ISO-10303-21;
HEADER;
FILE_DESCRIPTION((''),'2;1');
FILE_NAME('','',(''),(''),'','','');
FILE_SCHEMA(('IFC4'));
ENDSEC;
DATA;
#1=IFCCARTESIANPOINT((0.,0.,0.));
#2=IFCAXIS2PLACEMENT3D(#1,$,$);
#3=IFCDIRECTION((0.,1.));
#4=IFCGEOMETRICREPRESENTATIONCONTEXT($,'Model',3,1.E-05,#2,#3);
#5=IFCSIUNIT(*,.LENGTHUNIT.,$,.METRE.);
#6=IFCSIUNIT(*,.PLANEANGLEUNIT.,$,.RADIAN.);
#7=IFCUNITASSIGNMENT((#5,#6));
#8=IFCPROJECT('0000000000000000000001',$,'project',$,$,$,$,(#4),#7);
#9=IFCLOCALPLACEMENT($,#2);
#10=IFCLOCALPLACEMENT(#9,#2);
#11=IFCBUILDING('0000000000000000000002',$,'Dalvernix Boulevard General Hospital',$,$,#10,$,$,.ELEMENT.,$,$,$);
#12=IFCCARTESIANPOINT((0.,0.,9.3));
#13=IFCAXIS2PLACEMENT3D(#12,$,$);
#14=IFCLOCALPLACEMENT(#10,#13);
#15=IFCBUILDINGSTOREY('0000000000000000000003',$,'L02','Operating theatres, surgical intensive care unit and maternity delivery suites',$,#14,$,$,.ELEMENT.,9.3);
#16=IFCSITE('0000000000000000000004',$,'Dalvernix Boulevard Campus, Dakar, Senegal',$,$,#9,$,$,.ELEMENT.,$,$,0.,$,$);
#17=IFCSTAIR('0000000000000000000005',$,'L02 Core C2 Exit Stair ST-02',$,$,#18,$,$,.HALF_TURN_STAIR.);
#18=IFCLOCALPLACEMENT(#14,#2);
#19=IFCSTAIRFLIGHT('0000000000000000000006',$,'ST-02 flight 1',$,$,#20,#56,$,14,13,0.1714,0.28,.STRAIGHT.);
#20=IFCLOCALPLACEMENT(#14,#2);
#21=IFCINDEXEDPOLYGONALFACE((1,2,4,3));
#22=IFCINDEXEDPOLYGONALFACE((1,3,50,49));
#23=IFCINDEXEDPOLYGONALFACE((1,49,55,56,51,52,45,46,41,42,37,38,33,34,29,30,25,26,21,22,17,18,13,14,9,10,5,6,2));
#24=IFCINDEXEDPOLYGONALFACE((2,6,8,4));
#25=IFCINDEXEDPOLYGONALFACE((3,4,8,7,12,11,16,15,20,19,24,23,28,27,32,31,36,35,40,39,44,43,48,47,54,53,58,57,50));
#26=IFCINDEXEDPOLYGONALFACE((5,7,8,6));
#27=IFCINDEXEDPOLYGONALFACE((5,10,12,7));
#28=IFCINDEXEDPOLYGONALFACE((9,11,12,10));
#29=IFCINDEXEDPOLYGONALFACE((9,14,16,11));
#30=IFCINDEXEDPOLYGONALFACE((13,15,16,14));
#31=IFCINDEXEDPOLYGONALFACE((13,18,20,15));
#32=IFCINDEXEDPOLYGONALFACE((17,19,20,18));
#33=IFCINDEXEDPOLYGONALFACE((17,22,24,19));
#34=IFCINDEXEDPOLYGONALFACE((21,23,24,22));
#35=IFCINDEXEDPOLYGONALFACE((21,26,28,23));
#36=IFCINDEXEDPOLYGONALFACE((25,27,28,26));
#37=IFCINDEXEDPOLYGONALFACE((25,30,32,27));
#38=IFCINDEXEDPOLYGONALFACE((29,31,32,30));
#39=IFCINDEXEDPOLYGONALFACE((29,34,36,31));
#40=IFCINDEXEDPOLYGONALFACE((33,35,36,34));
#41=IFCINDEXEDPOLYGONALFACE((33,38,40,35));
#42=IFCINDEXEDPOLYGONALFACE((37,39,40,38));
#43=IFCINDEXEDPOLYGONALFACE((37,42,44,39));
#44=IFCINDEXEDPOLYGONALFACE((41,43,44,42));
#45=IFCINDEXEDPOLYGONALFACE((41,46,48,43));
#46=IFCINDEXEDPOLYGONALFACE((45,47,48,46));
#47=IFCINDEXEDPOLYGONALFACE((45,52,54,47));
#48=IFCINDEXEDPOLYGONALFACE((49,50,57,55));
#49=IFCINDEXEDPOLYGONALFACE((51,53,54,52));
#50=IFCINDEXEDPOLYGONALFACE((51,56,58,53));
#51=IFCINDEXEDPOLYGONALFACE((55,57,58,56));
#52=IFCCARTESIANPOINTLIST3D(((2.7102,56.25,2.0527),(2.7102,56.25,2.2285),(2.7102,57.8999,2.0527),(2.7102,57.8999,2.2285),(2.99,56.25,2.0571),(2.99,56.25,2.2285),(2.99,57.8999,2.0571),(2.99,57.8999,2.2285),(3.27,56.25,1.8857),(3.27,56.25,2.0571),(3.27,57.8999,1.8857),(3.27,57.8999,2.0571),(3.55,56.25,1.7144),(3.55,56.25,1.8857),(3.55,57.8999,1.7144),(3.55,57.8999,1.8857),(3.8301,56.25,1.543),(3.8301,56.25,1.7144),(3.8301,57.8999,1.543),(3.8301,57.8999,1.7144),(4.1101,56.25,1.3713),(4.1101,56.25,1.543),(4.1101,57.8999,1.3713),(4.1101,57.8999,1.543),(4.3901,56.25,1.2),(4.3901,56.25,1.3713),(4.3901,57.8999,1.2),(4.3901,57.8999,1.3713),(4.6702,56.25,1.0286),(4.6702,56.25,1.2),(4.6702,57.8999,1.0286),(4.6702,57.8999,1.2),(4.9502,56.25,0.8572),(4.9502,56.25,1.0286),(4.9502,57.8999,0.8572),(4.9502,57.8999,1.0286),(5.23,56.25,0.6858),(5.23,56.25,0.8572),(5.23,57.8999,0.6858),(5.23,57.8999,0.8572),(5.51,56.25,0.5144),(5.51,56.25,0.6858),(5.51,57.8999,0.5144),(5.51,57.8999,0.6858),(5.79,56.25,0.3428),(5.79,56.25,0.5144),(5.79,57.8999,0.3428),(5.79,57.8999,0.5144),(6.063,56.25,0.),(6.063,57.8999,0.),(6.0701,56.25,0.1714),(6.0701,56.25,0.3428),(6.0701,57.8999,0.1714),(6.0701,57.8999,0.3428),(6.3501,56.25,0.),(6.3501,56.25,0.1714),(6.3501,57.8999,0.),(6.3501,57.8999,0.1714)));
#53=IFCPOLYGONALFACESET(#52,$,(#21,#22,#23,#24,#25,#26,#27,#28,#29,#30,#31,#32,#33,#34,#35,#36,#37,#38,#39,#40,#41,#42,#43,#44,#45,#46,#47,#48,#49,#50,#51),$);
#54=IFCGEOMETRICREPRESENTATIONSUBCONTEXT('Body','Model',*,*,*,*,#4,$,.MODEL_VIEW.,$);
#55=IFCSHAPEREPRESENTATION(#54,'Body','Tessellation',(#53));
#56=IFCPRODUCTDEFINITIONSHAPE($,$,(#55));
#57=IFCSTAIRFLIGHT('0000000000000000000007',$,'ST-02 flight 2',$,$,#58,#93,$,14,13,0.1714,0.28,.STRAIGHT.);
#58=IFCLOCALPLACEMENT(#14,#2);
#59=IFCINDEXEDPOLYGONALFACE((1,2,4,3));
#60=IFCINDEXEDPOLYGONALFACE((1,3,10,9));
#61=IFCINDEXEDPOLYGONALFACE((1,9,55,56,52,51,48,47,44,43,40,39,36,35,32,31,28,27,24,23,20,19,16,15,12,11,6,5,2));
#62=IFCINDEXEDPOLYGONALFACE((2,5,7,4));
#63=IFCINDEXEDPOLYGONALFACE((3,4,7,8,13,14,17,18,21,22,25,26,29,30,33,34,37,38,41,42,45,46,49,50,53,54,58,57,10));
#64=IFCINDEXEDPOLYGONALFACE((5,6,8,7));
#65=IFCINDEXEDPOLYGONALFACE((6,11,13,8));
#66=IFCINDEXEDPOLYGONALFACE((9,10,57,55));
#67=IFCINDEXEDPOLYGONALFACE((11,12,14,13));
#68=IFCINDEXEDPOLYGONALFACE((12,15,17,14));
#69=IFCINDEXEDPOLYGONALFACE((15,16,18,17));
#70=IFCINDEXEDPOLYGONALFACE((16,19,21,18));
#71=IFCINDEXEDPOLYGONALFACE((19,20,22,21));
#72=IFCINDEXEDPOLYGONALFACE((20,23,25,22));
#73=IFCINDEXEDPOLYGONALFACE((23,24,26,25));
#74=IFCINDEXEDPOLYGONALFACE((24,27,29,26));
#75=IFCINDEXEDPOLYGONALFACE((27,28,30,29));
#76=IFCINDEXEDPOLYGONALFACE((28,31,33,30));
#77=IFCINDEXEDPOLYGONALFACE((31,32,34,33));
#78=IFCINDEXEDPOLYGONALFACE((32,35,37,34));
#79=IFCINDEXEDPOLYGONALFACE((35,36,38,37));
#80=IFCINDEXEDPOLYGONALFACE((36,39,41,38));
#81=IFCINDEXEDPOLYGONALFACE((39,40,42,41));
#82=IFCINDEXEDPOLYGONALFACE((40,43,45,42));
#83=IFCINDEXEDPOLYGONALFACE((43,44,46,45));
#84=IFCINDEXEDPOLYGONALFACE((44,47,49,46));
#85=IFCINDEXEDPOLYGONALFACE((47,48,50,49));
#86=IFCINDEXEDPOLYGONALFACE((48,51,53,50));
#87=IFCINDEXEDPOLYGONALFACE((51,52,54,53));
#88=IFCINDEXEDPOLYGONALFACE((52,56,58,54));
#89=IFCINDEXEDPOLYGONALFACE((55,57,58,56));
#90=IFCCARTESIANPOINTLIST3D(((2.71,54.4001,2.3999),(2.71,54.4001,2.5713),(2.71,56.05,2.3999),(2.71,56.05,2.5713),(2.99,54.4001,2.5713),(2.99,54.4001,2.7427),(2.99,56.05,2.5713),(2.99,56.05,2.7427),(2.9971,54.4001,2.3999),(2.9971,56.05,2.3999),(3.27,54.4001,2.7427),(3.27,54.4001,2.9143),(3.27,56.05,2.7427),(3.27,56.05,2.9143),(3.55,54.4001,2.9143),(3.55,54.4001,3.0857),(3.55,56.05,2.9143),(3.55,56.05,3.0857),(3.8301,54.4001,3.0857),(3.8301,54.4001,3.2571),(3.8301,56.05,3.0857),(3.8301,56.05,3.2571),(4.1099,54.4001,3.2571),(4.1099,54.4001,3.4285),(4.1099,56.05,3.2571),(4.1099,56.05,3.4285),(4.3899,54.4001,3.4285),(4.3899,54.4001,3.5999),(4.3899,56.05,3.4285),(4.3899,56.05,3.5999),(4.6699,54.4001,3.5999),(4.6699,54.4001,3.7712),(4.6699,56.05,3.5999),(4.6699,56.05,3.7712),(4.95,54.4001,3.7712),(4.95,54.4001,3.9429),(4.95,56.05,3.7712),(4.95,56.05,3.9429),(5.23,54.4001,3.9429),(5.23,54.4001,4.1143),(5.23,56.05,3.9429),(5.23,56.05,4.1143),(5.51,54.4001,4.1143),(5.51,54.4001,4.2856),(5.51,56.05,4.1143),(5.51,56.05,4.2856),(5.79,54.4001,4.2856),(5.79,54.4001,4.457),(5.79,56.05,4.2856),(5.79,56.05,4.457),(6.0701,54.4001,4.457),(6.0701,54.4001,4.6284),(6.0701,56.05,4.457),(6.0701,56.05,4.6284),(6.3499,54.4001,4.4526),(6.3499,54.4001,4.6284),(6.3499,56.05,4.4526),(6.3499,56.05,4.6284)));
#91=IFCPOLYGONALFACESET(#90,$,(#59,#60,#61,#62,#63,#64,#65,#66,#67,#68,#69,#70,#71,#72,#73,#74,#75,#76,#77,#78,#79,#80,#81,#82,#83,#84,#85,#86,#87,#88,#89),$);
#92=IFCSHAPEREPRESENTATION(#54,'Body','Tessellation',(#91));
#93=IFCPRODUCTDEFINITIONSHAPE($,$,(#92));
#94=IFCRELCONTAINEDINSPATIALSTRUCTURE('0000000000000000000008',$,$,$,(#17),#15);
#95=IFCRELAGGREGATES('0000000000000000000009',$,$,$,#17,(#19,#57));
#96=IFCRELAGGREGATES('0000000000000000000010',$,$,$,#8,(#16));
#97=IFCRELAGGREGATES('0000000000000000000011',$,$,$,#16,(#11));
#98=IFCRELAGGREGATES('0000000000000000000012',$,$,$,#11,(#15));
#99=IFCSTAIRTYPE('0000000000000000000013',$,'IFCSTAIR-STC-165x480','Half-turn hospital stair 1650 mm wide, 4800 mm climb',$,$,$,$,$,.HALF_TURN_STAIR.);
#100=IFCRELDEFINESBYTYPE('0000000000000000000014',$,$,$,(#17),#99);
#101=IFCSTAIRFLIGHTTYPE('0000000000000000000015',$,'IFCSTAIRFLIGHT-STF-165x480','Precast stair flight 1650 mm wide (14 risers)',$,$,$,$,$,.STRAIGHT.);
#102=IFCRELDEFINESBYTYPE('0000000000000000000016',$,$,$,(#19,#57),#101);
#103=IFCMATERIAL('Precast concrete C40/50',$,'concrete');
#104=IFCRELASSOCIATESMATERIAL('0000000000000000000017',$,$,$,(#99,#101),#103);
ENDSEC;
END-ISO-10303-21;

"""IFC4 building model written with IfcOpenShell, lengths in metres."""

from ifc_helpers import new_model, si_unit, direction, frame, origin, place, context, subcontext, project, spatial, polyline, outline, extrude, material, type_object, element, aggregate, save


model = new_model("IFC4")

# Units and contexts
model_context = context("Model", 3, precision=1e-05, world=origin(), true_north=direction((0.0, 1.0)))
body_context = subcontext(model_context, "Body", "Model", "MODEL_VIEW")
ifc_project = project(units=[si_unit("LENGTHUNIT", "METRE"), si_unit("PLANEANGLEUNIT", "RADIAN")], contexts=[model_context])

# Site, building, storey
site_placement = place(None, origin())
site = spatial("IfcSite", under=ifc_project, at=site_placement, Name="Dalvernix Boulevard Campus, Dakar, Senegal", CompositionType="ELEMENT", RefElevation=0.0)
building_placement = place(site_placement, origin())
building = spatial("IfcBuilding", under=site, at=building_placement, Name="Dalvernix Boulevard General Hospital", CompositionType="ELEMENT")
storey_placement = place(building_placement, frame((0.0, 0.0, 9.3)))
storey = spatial("IfcBuildingStorey", under=building, at=storey_placement, Name="L02", Description="Operating theatres, surgical intensive care unit and maternity delivery suites", CompositionType="ELEMENT", Elevation=9.3)

# Stair, stair flights
ifc_material_1 = material(Name="Precast concrete C40/50", Category="concrete")
stair_type = type_object("IfcStairType", Name="IFCSTAIR-STC-165x480", Description="Half-turn hospital stair 1650 mm wide, 4800 mm climb", PredefinedType="HALF_TURN_STAIR", material=ifc_material_1)
stair_placement = place(storey_placement, origin())
stair = element("IfcStair", 1, at=stair_placement, inside=storey, type_object=stair_type, Name="L02 Core C2 Exit Stair ST-02", PredefinedType="HALF_TURN_STAIR")
stair_flight_type = type_object("IfcStairFlightType", Name="IFCSTAIRFLIGHT-STF-165x480", Description="Precast stair flight 1650 mm wide (14 risers)", PredefinedType="STRAIGHT", material=ifc_material_1)
stair_flight_1_placement = place(storey_placement, frame((6.3501, 57.075, 0.0), z_axis=(0.0, 0.0, 1.0), x_axis=(-1.0, 0.0, 0.0)))
stair_flight_1 = element("IfcStairFlight", 2, at=stair_flight_1_placement, type_object=stair_flight_type, Name="ST-02 flight 1", NumberOfRisers=14, NumberOfTreads=13, PredefinedType="STRAIGHT", RiserHeight=0.1714, TreadLength=0.28, context=body_context, shape_type="SweptSolid", body=[
    extrude(outline(polyline([(0.0, 0.0), (0.0, 0.1714), (0.28, 0.1714), (0.28, 0.3428), (0.5601, 0.3428), (0.5601, 0.5144), (0.8401, 0.5144), (0.8401, 0.6858), (1.1201, 0.6858), (1.1201, 0.8572), (1.3999, 0.8572), (1.3999, 1.0286), (1.6799, 1.0286), (1.6799, 1.2), (1.96, 1.2), (1.96, 1.3713), (2.24, 1.3713), (2.24, 1.543), (2.52, 1.543), (2.52, 1.7144), (2.8, 1.7144), (2.8, 1.8857), (3.0801, 1.8857), (3.0801, 2.0571), (3.3601, 2.0571), (3.3601, 2.2285), (3.6399, 2.2285), (3.6399, 2.3999), (3.6399, 2.0527), (0.2871, 0.0), (0.0, 0.0)])), frame((0.0, 0.825, 0.0), z_axis=(0.0, -1.0, 0.0), x_axis=(1.0, 0.0, 0.0)), (0.0, 0.0, 1.0), 1.6499),
])
stair_flight_2_placement = place(storey_placement, frame((2.71, 55.2251, 2.3999), z_axis=(0.0, 0.0, 1.0), x_axis=(1.0, 0.0, 0.0)))
stair_flight_2 = element("IfcStairFlight", 3, at=stair_flight_2_placement, type_object=stair_flight_type, Name="ST-02 flight 2", NumberOfRisers=14, NumberOfTreads=13, PredefinedType="STRAIGHT", RiserHeight=0.1714, TreadLength=0.28, context=body_context, shape_type="SweptSolid", body=[
    extrude(outline(polyline([(0.0, 0.0), (0.0, 0.1714), (0.28, 0.1714), (0.28, 0.3428), (0.5601, 0.3428), (0.5601, 0.5144), (0.8401, 0.5144), (0.8401, 0.6858), (1.1201, 0.6858), (1.1201, 0.8572), (1.3999, 0.8572), (1.3999, 1.0286), (1.6799, 1.0286), (1.6799, 1.2), (1.96, 1.2), (1.96, 1.3713), (2.24, 1.3713), (2.24, 1.543), (2.52, 1.543), (2.52, 1.7144), (2.8, 1.7144), (2.8, 1.8857), (3.0801, 1.8857), (3.0801, 2.0571), (3.3601, 2.0571), (3.3601, 2.2285), (3.6399, 2.2285), (3.6399, 2.3999), (3.6399, 2.0527), (0.2871, 0.0), (0.0, 0.0)])), frame((0.0, 0.825, 0.0), z_axis=(0.0, -1.0, 0.0), x_axis=(1.0, 0.0, 0.0)), (0.0, 0.0, 1.0), 1.6499),
])
aggregate(stair, [stair_flight_1, stair_flight_2])

save(model, "model.ifc")
